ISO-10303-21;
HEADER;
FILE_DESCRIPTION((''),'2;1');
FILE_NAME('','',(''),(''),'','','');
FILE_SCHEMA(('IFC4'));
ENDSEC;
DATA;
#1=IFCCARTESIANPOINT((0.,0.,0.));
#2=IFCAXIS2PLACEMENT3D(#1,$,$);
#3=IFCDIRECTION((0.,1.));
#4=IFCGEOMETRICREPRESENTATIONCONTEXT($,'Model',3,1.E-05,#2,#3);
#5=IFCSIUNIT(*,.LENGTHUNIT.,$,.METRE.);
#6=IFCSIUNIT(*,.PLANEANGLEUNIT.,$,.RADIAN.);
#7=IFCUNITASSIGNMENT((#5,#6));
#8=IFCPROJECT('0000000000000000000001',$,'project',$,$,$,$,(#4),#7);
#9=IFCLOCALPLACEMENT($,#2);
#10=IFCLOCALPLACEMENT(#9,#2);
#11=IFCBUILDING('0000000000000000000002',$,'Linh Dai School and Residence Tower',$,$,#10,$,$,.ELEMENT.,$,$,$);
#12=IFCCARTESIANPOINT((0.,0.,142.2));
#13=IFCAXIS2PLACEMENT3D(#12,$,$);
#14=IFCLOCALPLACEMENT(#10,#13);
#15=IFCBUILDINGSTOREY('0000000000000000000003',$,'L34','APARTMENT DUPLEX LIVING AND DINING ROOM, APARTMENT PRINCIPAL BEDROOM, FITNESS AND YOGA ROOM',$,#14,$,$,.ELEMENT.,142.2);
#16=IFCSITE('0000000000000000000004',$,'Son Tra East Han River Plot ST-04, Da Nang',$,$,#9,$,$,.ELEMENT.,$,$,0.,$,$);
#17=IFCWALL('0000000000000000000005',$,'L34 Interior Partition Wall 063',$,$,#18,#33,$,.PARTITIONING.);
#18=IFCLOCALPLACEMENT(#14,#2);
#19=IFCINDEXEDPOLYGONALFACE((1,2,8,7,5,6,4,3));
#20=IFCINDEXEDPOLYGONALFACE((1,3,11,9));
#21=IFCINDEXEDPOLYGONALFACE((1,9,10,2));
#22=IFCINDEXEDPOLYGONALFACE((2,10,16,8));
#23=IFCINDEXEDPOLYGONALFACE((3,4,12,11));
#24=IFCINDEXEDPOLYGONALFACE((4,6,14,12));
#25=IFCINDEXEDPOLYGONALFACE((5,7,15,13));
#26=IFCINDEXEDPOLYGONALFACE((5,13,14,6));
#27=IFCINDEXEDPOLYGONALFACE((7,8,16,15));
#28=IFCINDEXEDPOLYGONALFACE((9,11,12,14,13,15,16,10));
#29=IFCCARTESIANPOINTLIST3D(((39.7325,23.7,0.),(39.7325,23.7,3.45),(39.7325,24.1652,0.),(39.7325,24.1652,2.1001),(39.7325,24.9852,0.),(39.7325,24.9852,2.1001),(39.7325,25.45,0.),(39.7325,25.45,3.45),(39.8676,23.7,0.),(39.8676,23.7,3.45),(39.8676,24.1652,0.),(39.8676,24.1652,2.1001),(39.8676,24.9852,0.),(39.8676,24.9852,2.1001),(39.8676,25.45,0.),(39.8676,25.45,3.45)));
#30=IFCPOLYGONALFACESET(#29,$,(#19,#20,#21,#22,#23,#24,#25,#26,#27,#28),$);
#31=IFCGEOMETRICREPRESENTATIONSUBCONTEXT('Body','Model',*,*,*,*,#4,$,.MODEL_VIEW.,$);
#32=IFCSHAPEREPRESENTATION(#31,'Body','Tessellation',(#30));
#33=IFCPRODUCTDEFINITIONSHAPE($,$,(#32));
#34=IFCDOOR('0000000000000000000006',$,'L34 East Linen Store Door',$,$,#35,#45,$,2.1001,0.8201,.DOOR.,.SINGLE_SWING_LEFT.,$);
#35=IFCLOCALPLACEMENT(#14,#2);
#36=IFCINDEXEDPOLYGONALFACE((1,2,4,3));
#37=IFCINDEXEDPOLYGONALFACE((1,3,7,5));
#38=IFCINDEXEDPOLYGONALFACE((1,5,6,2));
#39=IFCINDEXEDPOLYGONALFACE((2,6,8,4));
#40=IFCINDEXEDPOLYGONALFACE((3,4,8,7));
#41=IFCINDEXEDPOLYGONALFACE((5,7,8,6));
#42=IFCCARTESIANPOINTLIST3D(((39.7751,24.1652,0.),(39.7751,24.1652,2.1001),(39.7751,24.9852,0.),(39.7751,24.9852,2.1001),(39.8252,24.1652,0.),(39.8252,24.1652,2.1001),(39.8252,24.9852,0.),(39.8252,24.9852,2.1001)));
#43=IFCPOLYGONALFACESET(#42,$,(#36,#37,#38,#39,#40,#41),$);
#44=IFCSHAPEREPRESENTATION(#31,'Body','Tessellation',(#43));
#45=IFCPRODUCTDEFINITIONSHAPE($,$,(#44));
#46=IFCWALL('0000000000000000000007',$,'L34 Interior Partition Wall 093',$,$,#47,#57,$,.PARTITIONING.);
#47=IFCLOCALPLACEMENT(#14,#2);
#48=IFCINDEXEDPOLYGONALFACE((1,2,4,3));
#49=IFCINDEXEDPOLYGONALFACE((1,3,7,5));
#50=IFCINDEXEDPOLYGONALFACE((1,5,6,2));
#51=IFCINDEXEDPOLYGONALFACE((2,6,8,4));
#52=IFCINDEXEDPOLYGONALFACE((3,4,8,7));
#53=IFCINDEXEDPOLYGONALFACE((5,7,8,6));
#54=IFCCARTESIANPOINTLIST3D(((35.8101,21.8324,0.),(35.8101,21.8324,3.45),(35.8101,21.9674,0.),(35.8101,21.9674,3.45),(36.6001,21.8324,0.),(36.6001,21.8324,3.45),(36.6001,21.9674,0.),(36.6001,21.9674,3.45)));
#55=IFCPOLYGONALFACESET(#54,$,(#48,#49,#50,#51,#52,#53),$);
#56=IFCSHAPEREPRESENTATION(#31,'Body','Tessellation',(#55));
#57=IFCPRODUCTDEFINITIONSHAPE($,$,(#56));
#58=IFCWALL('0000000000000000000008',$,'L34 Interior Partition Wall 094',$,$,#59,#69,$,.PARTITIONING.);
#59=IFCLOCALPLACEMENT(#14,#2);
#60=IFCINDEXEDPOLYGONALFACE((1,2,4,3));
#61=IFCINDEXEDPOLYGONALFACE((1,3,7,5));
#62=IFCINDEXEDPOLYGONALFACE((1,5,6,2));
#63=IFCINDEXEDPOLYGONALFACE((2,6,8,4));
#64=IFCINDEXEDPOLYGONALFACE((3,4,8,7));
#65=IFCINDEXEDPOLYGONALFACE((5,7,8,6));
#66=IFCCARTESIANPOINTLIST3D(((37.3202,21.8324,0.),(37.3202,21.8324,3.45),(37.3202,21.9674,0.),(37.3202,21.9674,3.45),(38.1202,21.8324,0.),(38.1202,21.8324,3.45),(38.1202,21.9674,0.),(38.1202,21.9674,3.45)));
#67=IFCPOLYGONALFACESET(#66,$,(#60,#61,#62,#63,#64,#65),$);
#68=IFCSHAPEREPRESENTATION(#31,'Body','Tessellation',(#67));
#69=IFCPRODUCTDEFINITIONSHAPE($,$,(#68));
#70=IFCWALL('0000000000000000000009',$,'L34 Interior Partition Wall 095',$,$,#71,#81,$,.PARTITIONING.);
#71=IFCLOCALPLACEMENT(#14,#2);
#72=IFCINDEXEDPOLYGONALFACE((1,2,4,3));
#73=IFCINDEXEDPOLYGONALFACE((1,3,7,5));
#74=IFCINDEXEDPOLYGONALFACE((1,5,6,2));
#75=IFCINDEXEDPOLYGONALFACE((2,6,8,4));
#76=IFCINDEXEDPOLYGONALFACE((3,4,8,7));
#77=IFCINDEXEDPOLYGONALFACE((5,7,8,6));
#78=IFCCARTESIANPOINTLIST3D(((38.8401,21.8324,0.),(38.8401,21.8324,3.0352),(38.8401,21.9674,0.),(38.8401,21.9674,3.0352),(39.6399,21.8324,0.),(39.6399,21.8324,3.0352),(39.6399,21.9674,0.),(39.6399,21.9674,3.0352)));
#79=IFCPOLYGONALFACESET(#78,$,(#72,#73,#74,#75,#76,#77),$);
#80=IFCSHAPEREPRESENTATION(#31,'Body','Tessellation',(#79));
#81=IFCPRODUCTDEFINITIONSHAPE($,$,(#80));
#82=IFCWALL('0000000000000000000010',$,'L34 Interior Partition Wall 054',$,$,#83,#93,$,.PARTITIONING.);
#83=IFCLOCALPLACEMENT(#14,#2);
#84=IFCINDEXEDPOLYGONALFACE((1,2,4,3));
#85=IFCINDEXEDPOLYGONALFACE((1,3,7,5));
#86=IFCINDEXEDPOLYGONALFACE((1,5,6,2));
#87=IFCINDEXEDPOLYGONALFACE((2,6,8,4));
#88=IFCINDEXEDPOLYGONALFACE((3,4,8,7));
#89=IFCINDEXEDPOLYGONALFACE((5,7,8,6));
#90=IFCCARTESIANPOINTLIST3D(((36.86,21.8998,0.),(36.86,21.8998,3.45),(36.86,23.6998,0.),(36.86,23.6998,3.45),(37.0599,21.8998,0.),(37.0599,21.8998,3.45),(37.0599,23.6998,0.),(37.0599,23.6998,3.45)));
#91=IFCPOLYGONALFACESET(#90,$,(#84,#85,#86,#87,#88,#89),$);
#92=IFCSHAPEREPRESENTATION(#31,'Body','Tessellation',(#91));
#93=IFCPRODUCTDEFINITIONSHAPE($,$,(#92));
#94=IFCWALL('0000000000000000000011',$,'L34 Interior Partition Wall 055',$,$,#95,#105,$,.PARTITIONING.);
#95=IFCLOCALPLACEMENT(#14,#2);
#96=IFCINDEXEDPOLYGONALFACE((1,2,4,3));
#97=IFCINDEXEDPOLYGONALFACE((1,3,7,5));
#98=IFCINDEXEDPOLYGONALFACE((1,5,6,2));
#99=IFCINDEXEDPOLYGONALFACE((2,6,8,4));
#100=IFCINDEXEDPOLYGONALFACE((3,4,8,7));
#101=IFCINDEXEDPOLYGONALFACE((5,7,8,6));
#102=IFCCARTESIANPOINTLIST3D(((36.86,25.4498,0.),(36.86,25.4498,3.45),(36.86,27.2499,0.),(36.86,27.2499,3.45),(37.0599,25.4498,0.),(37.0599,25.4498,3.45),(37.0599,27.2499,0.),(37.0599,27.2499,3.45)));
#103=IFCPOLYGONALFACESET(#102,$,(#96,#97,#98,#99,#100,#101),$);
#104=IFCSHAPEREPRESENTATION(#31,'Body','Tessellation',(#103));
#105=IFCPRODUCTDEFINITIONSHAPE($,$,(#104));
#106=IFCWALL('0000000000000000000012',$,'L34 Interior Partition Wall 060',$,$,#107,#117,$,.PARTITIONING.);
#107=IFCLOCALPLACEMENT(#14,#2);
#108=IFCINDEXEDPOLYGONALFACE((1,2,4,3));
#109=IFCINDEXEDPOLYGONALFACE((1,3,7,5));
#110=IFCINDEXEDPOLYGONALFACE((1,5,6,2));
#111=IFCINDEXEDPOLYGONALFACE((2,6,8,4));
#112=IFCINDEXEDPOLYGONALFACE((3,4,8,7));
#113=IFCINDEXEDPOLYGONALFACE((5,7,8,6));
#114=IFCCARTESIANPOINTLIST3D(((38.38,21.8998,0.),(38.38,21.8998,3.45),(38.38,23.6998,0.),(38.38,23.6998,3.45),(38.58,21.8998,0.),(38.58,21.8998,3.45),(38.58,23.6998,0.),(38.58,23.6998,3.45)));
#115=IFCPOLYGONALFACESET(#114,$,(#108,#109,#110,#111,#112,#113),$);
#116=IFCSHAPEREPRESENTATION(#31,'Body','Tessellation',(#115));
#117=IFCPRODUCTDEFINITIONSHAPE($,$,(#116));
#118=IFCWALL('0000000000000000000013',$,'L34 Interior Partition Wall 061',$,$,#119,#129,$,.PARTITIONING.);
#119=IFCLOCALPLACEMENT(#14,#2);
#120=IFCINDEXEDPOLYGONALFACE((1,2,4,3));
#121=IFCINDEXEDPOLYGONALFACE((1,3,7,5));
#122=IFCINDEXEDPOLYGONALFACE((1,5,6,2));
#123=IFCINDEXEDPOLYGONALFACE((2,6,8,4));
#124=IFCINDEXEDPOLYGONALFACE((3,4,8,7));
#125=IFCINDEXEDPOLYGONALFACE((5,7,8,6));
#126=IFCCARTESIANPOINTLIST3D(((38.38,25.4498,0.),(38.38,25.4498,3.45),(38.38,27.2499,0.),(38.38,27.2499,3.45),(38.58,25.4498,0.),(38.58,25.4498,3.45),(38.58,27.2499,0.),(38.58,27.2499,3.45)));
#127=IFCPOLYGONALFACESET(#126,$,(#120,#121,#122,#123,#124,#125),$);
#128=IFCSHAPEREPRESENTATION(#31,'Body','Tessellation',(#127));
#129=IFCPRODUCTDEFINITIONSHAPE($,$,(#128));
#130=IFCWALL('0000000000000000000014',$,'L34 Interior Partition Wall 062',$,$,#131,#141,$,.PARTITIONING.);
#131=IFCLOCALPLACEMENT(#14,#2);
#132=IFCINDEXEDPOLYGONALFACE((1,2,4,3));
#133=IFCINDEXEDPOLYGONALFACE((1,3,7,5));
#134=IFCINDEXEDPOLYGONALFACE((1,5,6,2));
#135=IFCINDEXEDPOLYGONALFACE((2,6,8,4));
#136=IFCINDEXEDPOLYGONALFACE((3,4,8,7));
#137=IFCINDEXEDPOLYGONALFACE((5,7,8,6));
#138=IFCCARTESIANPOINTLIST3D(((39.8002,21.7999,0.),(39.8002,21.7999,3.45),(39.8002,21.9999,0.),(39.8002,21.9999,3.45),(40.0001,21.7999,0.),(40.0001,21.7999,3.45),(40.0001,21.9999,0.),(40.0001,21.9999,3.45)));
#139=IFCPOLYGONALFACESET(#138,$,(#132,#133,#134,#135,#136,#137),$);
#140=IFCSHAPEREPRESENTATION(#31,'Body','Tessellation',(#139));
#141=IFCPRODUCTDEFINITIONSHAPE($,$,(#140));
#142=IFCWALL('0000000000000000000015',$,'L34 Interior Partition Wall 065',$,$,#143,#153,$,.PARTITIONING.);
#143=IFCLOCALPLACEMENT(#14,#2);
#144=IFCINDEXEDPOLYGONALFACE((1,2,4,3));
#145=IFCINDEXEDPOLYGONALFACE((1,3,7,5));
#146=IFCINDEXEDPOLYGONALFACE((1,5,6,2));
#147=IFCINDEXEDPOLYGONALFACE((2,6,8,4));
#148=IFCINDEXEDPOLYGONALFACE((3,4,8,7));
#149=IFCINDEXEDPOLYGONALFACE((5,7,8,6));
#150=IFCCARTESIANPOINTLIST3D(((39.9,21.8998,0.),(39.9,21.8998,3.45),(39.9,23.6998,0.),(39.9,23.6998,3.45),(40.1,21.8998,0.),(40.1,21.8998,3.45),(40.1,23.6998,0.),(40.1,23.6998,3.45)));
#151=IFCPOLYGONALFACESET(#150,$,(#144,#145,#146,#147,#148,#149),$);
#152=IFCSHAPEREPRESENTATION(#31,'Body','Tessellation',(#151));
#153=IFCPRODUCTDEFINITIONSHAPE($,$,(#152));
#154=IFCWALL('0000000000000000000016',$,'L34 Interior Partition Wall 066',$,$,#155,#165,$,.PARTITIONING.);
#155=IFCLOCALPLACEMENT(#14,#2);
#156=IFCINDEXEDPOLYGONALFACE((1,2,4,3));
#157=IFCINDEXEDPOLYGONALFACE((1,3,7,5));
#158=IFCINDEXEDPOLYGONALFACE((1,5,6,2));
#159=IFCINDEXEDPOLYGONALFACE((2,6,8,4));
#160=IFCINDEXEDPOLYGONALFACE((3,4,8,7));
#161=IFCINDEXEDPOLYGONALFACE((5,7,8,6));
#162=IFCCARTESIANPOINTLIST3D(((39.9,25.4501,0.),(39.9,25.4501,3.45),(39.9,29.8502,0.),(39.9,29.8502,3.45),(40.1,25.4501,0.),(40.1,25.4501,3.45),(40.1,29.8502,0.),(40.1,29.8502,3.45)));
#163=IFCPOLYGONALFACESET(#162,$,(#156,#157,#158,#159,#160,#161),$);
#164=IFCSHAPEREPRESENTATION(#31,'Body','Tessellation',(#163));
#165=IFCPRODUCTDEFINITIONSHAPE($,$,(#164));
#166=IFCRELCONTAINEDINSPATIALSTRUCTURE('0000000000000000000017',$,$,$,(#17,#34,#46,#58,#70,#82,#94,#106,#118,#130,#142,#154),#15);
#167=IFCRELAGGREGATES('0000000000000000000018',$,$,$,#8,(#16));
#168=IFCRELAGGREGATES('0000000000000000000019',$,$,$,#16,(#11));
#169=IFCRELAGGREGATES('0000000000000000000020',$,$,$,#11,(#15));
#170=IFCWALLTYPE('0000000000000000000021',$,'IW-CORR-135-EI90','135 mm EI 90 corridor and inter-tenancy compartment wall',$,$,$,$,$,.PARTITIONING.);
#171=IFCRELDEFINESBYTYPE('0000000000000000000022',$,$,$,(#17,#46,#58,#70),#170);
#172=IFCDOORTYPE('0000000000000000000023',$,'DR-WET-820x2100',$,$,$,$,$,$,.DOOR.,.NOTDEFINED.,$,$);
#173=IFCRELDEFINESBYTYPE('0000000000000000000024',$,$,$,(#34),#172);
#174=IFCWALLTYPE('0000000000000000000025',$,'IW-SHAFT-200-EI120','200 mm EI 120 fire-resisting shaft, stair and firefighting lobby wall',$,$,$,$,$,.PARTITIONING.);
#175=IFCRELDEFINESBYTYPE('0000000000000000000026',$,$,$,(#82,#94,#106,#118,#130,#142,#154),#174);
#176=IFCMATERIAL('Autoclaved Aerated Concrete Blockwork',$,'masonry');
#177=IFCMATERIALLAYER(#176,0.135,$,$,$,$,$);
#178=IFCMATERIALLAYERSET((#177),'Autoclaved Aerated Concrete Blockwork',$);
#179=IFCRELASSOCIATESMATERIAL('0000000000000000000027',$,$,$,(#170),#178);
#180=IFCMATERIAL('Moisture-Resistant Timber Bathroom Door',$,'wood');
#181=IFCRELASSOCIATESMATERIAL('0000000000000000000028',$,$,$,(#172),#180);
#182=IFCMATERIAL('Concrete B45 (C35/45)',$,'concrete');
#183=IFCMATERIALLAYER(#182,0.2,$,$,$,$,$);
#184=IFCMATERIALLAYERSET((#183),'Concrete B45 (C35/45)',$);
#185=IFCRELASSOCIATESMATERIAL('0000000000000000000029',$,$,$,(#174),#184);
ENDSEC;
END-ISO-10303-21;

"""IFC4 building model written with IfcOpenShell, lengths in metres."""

from ifc_helpers import new_model, si_unit, direction, frame, frame_2d, origin, origin_2d, place, context, subcontext, project, spatial, rectangle, extrude, source, transform, mapped, material, layer, layer_set, type_object, element, fill, save


model = new_model("IFC4")

# Units and contexts
model_context = context("Model", 3, precision=1e-05, world=origin(), true_north=direction((0.0, 1.0)))
body_context = subcontext(model_context, "Body", "Model", "MODEL_VIEW")
ifc_project = project(units=[si_unit("LENGTHUNIT", "METRE"), si_unit("PLANEANGLEUNIT", "RADIAN")], contexts=[model_context])

# Site, building, storey
site_placement = place(None, origin())
site = spatial("IfcSite", under=ifc_project, at=site_placement, Name="Son Tra East Han River Plot ST-04, Da Nang", CompositionType="ELEMENT", RefElevation=0.0)
building_placement = place(site_placement, origin())
building = spatial("IfcBuilding", under=site, at=building_placement, Name="Linh Dai School and Residence Tower", CompositionType="ELEMENT")
storey_placement = place(building_placement, frame((0.0, 0.0, 142.2)))
storey = spatial("IfcBuildingStorey", under=building, at=storey_placement, Name="L34", Description="APARTMENT DUPLEX LIVING AND DINING ROOM, APARTMENT PRINCIPAL BEDROOM, FITNESS AND YOGA ROOM", CompositionType="ELEMENT", Elevation=142.2)

# Wall, opening, door
ifc_material_1 = material(Name="Autoclaved Aerated Concrete Blockwork", Category="masonry")
ifc_layer_1 = layer(ifc_material_1, 0.135)
ifc_layer_set_1 = layer_set([ifc_layer_1], Name="Autoclaved Aerated Concrete Blockwork")
wall_type_1 = type_object("IfcWallType", Name="IW-CORR-135-EI90", Description="135 mm EI 90 corridor and inter-tenancy compartment wall", PredefinedType="PARTITIONING", material=ifc_layer_set_1)
wall_1_placement = place(storey_placement, frame((39.8, 23.7, 0.0), z_axis=(0.0, 0.0, 1.0), x_axis=(0.0, 1.0, 0.0)))
wall_1 = element("IfcWall", 1, at=wall_1_placement, inside=storey, type_object=wall_type_1, Name="L34 Interior Partition Wall 063", PredefinedType="PARTITIONING", context=body_context, shape_type="SweptSolid", body=[
    extrude(rectangle(XDim=1.75, YDim=0.135, at=frame_2d((0.875, 0.0))), origin(), (0.0, 0.0, 1.0), 3.45),
])
opening_placement = place(wall_1_placement, frame((0.4651, 0.0, 0.0)))
opening = element("IfcOpeningElement", 2, at=opening_placement, cuts=wall_1, PredefinedType="OPENING", context=body_context, shape_type="SweptSolid", body=[
    extrude(rectangle(XDim=0.8201, YDim=2.1001, at=origin_2d()), frame((0.4102, 0.0776, 1.05), z_axis=(0.0, -1.0, 0.0), x_axis=(1.0, 0.0, 0.0)), (0.0, 0.0, 1.0), 0.155),
])
ifc_material_2 = material(Name="Moisture-Resistant Timber Bathroom Door", Category="wood")
door_type = type_object("IfcDoorType", Name="DR-WET-820x2100", OperationType="NOTDEFINED", PredefinedType="DOOR", material=ifc_material_2)
shared_shape_1 = source(origin(), body_context, "Body", "SweptSolid", [
    extrude(rectangle(XDim=0.8201, YDim=2.1001, at=origin_2d()), frame((0.4102, 0.0249, 1.05), z_axis=(0.0, -1.0, 0.0), x_axis=(1.0, 0.0, 0.0)), (0.0, 0.0, 1.0), 0.05),
])
door_placement = place(opening_placement, origin())
door = element("IfcDoor", 3, at=door_placement, inside=storey, type_object=door_type, Name="L34 East Linen Store Door", OperationType="SINGLE_SWING_LEFT", OverallHeight=2.1001, OverallWidth=0.8201, PredefinedType="DOOR", context=body_context, shape_type="MappedRepresentation", body=[
    mapped(shared_shape_1, transform((0.0, 0.0, 0.0), x_axis=(1.0, 0.0, 0.0), y_axis=(0.0, 1.0, 0.0), z_axis=(0.0, 0.0, 1.0), scale=1.0)),
])
fill(opening, door)

# Walls
wall_2_placement = place(storey_placement, frame((36.6001, 21.8999, 0.0), z_axis=(0.0, 0.0, 1.0), x_axis=(-1.0, 0.0, 0.0)))
element("IfcWall", 4, at=wall_2_placement, inside=storey, type_object=wall_type_1, Name="L34 Interior Partition Wall 093", PredefinedType="PARTITIONING", context=body_context, shape_type="SweptSolid", body=[
    extrude(rectangle(XDim=0.79, YDim=0.135, at=frame_2d((0.395, 0.0))), origin(), (0.0, 0.0, 1.0), 3.45),
])
wall_3_placement = place(storey_placement, frame((38.1201, 21.8999, 0.0), z_axis=(0.0, 0.0, 1.0), x_axis=(-1.0, 0.0, 0.0)))
element("IfcWall", 5, at=wall_3_placement, inside=storey, type_object=wall_type_1, Name="L34 Interior Partition Wall 094", PredefinedType="PARTITIONING", context=body_context, shape_type="SweptSolid", body=[
    extrude(rectangle(XDim=0.8, YDim=0.135, at=frame_2d((0.3999, 0.0))), origin(), (0.0, 0.0, 1.0), 3.45),
])
wall_4_placement = place(storey_placement, frame((39.6399, 21.8999, 0.0), z_axis=(0.0, 0.0, 1.0), x_axis=(-1.0, 0.0, 0.0)))
element("IfcWall", 6, at=wall_4_placement, inside=storey, type_object=wall_type_1, Name="L34 Interior Partition Wall 095", PredefinedType="PARTITIONING", context=body_context, shape_type="SweptSolid", body=[
    extrude(rectangle(XDim=0.7998, YDim=0.135, at=frame_2d((0.3999, 0.0))), origin(), (0.0, 0.0, 1.0), 3.0352),
])
ifc_material_3 = material(Name="Concrete B45 (C35/45)", Category="concrete")
ifc_layer_2 = layer(ifc_material_3, 0.2)
ifc_layer_set_2 = layer_set([ifc_layer_2], Name="Concrete B45 (C35/45)")
wall_type_2 = type_object("IfcWallType", Name="IW-SHAFT-200-EI120", Description="200 mm EI 120 fire-resisting shaft, stair and firefighting lobby wall", PredefinedType="PARTITIONING", material=ifc_layer_set_2)
for number, where, z_axis, x_axis, name in (
    (7, (36.96, 21.8999, 0.0), (0.0, 0.0, 1.0), (0.0, 1.0, 0.0), "L34 Interior Partition Wall 054"),
    (8, (36.96, 25.45, 0.0), (0.0, 0.0, 1.0), (0.0, 1.0, 0.0), "L34 Interior Partition Wall 055"),
    (9, (38.48, 21.8999, 0.0), (0.0, 0.0, 1.0), (0.0, 1.0, 0.0), "L34 Interior Partition Wall 060"),
    (10, (38.48, 25.45, 0.0), (0.0, 0.0, 1.0), (0.0, 1.0, 0.0), "L34 Interior Partition Wall 061"),
):
    element("IfcWall", number, at=place(storey_placement, frame(where, z_axis=z_axis, x_axis=x_axis)), inside=storey, type_object=wall_type_2, Name=name, PredefinedType="PARTITIONING", context=body_context, shape_type="SweptSolid", body=[
        extrude(rectangle(XDim=1.8, YDim=0.2, at=frame_2d((0.8999, 0.0))), origin(), (0.0, 0.0, 1.0), 3.45),
    ])
wall_5_placement = place(storey_placement, frame((39.8, 21.8999, 0.0), z_axis=(0.0, 0.0, 1.0), x_axis=(1.0, 0.0, 0.0)))
element("IfcWall", 11, at=wall_5_placement, inside=storey, type_object=wall_type_2, Name="L34 Interior Partition Wall 062", PredefinedType="PARTITIONING", context=body_context, shape_type="SweptSolid", body=[
    extrude(rectangle(XDim=0.2, YDim=0.2, at=frame_2d((0.1001, 0.0))), origin(), (0.0, 0.0, 1.0), 3.45),
])
wall_6_placement = place(storey_placement, frame((40.0, 21.8999, 0.0), z_axis=(0.0, 0.0, 1.0), x_axis=(0.0, 1.0, 0.0)))
element("IfcWall", 12, at=wall_6_placement, inside=storey, type_object=wall_type_2, Name="L34 Interior Partition Wall 065", PredefinedType="PARTITIONING", context=body_context, shape_type="SweptSolid", body=[
    extrude(rectangle(XDim=1.8, YDim=0.2, at=frame_2d((0.8999, 0.0))), origin(), (0.0, 0.0, 1.0), 3.45),
])
wall_7_placement = place(storey_placement, frame((40.0, 25.45, 0.0), z_axis=(0.0, 0.0, 1.0), x_axis=(0.0, 1.0, 0.0)))
element("IfcWall", 13, at=wall_7_placement, inside=storey, type_object=wall_type_2, Name="L34 Interior Partition Wall 066", PredefinedType="PARTITIONING", context=body_context, shape_type="SweptSolid", body=[
    extrude(rectangle(XDim=4.4001, YDim=0.2, at=frame_2d((2.2002, 0.0))), origin(), (0.0, 0.0, 1.0), 3.45),
])

save(model, "model.ifc")
